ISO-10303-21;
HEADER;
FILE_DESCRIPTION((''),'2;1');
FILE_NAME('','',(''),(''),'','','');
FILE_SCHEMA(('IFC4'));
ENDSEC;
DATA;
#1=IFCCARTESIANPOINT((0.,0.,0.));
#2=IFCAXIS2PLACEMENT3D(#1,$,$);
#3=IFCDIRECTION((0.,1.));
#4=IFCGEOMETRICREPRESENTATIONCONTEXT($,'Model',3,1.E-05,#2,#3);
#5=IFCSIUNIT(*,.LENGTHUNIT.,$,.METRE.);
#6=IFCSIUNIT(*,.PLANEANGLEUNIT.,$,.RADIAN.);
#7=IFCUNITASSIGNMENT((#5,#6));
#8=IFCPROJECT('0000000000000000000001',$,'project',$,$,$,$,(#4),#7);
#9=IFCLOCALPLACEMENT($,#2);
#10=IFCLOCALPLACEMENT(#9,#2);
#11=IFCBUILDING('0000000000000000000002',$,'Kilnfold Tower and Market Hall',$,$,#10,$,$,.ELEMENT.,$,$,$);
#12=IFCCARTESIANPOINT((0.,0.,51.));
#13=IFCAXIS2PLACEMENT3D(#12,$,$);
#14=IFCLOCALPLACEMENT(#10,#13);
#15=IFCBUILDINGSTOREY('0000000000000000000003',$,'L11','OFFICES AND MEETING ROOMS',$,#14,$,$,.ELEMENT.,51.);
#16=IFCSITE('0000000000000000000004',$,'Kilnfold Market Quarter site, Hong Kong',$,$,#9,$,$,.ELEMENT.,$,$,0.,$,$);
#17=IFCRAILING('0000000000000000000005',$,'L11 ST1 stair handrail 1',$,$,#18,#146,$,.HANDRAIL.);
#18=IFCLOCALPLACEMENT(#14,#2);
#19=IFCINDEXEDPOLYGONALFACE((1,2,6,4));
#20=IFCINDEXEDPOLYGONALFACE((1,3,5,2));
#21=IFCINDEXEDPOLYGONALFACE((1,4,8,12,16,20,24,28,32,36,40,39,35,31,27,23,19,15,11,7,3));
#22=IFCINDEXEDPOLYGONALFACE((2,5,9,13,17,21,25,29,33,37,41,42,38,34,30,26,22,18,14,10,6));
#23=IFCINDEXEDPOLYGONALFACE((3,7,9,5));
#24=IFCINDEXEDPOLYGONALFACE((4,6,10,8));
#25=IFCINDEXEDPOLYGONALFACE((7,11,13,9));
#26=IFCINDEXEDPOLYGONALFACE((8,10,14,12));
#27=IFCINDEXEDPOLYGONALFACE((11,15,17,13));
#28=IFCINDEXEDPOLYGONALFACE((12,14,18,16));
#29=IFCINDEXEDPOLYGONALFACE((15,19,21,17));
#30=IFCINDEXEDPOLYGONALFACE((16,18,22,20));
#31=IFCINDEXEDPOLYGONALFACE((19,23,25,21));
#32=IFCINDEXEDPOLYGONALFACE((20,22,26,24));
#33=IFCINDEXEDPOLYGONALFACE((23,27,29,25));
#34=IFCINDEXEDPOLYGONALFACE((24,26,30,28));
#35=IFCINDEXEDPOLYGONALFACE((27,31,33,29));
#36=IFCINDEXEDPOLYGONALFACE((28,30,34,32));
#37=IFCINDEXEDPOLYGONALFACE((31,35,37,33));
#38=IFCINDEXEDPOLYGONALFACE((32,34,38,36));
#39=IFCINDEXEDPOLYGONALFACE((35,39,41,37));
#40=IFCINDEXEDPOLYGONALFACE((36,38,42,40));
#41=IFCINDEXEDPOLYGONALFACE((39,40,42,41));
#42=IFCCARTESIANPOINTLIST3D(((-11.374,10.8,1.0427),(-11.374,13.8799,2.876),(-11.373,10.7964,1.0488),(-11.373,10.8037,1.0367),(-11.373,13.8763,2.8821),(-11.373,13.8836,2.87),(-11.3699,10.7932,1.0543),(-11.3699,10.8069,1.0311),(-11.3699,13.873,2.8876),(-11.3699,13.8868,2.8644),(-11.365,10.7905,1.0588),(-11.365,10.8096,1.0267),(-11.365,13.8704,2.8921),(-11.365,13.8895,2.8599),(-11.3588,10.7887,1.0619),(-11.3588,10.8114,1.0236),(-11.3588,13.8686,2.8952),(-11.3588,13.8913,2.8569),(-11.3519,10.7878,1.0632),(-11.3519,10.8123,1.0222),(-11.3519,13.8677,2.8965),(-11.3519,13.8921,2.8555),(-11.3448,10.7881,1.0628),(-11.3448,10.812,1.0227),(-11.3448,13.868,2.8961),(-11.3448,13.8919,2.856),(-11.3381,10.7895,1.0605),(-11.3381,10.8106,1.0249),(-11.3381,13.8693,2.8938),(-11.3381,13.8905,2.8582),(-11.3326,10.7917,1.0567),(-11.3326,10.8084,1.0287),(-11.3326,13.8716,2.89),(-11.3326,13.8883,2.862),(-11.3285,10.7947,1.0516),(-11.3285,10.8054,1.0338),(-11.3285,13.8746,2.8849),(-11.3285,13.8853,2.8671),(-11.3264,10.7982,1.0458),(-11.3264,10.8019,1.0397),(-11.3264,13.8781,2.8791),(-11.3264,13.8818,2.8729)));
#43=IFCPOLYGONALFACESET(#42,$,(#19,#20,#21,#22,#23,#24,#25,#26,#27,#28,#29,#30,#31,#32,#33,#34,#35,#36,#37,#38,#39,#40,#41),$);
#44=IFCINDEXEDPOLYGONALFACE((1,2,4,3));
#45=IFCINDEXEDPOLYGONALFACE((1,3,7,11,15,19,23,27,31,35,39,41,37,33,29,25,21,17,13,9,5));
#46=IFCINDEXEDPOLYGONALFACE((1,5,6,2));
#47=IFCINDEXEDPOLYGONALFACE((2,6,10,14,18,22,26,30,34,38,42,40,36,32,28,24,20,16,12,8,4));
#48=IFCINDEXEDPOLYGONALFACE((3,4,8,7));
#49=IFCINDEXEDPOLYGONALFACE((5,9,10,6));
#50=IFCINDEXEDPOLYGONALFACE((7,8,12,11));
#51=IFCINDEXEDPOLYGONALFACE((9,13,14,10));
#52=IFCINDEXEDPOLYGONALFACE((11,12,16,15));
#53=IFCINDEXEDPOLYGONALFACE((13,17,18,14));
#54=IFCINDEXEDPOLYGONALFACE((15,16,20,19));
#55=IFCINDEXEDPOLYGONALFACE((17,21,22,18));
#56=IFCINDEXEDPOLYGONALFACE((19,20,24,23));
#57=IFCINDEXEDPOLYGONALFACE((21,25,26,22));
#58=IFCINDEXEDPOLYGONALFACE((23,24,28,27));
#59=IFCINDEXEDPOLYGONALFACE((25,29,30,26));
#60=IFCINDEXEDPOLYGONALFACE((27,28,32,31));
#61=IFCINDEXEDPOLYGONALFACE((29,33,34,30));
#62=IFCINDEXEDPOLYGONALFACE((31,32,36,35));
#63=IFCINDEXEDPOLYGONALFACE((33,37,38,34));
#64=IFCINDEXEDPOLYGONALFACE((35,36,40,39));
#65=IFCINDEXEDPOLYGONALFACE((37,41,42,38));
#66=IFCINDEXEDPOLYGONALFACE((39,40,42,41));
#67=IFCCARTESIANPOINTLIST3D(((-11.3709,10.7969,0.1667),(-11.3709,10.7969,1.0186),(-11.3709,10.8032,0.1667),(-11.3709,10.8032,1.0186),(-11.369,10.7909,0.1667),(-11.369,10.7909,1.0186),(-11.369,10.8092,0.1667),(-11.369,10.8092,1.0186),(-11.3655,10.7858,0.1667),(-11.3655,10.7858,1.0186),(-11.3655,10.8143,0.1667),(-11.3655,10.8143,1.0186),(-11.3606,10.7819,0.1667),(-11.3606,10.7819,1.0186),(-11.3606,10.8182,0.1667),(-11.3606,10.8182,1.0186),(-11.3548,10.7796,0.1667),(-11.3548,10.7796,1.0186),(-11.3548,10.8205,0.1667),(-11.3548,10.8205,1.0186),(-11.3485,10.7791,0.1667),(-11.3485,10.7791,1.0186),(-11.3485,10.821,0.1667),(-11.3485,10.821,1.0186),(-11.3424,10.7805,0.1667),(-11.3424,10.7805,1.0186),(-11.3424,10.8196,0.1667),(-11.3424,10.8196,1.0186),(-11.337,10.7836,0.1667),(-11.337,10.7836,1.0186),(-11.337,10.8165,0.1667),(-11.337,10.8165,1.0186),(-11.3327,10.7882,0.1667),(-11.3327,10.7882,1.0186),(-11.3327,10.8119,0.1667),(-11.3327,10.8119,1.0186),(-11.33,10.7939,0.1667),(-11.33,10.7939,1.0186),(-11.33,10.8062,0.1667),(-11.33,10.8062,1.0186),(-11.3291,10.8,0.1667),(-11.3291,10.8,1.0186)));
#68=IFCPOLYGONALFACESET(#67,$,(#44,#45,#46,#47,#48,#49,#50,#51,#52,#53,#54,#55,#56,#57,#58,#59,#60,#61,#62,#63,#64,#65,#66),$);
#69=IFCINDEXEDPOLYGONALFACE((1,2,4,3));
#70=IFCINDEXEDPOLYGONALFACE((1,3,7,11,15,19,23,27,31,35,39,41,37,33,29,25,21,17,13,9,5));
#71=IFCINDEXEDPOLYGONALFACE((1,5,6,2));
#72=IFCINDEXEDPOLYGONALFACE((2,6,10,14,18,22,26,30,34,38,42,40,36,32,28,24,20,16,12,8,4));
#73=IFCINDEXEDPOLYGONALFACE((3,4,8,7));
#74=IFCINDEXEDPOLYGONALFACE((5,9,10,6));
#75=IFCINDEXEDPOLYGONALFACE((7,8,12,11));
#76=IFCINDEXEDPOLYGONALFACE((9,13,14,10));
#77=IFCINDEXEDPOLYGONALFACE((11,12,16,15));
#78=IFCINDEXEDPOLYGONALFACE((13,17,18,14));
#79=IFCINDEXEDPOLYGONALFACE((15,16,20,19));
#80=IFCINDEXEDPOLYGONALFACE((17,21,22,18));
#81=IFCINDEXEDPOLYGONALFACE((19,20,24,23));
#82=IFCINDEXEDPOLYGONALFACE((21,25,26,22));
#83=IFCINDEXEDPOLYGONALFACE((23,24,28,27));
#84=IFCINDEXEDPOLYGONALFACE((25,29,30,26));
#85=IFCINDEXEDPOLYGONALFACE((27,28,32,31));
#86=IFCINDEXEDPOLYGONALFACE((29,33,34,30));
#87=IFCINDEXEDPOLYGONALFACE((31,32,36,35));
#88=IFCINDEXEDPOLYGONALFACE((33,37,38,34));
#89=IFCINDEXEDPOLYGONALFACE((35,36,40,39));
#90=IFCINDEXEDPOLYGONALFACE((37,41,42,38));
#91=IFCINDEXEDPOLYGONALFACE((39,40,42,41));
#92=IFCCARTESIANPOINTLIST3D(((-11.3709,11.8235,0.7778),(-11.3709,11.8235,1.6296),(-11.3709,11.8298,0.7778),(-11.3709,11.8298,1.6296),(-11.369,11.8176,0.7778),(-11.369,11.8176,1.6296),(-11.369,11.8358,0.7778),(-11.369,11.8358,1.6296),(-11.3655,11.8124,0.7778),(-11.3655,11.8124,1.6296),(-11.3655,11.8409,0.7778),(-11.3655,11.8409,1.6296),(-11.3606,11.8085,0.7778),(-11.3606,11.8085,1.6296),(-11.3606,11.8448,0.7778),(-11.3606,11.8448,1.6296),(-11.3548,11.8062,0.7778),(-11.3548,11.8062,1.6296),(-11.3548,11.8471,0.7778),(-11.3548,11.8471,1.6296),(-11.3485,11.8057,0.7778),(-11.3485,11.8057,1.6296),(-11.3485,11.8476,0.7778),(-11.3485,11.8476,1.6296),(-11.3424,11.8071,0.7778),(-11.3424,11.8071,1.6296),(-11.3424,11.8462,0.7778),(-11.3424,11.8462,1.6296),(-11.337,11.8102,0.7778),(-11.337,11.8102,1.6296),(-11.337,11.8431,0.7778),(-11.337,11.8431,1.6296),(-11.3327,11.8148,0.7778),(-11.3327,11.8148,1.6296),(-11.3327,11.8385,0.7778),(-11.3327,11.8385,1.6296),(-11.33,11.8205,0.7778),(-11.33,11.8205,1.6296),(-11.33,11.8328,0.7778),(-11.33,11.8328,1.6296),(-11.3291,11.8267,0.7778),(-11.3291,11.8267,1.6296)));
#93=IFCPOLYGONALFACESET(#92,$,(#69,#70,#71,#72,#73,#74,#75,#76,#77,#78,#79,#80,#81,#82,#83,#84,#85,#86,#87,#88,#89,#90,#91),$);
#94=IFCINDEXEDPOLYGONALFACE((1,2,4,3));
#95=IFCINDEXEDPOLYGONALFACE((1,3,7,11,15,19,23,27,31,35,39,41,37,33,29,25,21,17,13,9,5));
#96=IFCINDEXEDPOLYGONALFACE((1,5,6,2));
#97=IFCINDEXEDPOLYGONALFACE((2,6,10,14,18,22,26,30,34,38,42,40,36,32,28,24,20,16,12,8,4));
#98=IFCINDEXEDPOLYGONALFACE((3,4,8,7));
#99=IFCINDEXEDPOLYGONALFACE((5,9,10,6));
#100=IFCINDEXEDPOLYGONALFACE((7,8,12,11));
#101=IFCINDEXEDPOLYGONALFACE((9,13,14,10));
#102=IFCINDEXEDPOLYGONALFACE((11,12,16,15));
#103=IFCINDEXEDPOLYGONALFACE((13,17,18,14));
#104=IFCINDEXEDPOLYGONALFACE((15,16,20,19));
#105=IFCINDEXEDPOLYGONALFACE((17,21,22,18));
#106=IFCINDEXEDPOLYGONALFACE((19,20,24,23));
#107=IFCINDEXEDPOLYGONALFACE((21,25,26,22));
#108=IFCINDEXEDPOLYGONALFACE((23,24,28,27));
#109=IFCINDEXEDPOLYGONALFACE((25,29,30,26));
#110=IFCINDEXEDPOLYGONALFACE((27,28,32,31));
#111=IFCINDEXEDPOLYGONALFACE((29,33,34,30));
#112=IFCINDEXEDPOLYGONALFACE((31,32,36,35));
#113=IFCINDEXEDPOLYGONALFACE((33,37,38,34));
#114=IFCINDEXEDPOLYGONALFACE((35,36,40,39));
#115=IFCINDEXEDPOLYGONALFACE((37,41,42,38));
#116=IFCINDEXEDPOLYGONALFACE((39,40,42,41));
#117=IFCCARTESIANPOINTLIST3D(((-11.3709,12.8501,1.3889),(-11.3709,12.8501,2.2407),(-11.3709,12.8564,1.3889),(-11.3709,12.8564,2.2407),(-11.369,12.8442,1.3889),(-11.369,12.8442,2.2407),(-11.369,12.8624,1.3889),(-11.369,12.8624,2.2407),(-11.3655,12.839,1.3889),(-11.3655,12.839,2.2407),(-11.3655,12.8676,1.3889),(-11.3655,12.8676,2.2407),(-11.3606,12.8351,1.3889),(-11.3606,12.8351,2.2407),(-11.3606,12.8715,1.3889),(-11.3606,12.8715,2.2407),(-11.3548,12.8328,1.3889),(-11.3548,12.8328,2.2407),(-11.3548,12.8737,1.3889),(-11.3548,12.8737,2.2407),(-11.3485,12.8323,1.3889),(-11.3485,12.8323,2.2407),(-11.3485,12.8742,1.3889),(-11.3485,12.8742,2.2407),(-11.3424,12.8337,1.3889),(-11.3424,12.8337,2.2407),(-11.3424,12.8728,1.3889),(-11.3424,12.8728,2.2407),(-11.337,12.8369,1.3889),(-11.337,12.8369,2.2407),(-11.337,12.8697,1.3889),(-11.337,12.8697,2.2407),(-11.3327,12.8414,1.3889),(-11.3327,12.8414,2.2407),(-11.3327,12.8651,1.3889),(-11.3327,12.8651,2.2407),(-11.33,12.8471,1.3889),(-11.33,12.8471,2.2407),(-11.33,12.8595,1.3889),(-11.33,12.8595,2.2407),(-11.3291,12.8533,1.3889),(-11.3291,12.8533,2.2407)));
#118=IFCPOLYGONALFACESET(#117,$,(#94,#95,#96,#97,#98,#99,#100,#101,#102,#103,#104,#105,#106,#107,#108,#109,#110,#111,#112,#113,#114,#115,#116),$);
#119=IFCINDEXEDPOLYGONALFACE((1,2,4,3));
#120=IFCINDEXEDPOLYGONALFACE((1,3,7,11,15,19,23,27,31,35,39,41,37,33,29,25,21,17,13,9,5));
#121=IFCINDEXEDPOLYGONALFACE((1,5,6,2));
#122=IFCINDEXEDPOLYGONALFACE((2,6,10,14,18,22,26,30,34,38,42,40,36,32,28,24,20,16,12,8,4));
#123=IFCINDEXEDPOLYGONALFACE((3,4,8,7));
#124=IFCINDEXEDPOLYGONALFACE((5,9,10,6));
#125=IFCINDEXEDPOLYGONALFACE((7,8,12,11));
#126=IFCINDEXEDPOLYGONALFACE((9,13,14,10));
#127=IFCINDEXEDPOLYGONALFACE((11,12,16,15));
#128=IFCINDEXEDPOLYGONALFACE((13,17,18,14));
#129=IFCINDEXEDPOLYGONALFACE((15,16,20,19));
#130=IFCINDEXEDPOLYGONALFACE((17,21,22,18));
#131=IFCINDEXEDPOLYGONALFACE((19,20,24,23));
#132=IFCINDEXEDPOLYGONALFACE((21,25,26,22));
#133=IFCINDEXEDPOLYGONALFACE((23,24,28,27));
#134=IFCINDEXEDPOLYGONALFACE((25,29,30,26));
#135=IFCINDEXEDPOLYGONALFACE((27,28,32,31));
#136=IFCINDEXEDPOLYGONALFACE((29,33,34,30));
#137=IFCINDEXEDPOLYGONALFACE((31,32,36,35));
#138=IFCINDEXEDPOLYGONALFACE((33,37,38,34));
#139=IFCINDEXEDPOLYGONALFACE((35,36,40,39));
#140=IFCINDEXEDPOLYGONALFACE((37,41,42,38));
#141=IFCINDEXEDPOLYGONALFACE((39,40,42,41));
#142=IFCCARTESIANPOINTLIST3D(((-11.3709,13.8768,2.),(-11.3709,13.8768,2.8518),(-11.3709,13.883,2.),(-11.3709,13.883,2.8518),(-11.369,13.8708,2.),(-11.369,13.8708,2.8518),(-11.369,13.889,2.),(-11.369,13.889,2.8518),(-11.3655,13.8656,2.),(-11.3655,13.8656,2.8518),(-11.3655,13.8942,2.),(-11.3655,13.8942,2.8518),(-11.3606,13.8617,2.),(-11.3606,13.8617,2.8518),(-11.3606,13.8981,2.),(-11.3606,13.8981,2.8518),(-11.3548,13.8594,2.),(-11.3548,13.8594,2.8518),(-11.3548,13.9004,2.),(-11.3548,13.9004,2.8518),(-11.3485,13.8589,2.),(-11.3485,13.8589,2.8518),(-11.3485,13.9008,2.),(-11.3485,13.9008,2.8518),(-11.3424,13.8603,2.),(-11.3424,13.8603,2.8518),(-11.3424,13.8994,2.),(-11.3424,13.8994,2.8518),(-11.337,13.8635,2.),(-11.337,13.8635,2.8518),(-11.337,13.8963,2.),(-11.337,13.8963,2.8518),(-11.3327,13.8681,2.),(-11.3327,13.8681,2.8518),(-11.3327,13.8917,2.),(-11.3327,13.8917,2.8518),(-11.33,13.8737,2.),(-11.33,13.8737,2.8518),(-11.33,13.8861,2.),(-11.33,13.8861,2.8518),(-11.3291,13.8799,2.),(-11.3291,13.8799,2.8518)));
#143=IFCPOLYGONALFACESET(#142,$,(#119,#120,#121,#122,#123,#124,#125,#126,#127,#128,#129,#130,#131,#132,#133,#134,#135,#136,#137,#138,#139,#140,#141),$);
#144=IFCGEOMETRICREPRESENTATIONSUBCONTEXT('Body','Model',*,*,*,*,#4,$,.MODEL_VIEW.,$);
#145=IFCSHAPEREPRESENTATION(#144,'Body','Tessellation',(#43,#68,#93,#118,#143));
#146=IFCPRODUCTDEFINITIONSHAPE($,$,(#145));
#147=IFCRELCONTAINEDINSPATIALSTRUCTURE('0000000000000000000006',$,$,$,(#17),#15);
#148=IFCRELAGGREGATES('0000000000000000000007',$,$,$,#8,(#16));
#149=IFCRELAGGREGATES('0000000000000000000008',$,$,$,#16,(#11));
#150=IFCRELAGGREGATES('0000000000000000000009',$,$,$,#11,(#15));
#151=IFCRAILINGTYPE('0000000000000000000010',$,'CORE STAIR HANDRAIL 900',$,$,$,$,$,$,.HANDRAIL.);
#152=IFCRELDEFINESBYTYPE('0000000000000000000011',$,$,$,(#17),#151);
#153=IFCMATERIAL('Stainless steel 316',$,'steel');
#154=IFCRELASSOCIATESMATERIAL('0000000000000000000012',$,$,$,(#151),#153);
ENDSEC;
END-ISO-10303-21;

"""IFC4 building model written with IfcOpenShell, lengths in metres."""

from ifc_helpers import new_model, si_unit, direction, frame, origin, origin_2d, place, context, subcontext, project, spatial, circle, extrude, material, type_object, element, save


model = new_model("IFC4")

# Units and contexts
model_context = context("Model", 3, precision=1e-05, world=origin(), true_north=direction((0.0, 1.0)))
body_context = subcontext(model_context, "Body", "Model", "MODEL_VIEW")
ifc_project = project(units=[si_unit("LENGTHUNIT", "METRE"), si_unit("PLANEANGLEUNIT", "RADIAN")], contexts=[model_context])

# Site, building, storey
site_placement = place(None, origin())
site = spatial("IfcSite", under=ifc_project, at=site_placement, Name="Kilnfold Market Quarter site, Hong Kong", CompositionType="ELEMENT", RefElevation=0.0)
building_placement = place(site_placement, origin())
building = spatial("IfcBuilding", under=site, at=building_placement, Name="Kilnfold Tower and Market Hall", CompositionType="ELEMENT")
storey_placement = place(building_placement, frame((0.0, 0.0, 51.0)))
storey = spatial("IfcBuildingStorey", under=building, at=storey_placement, Name="L11", Description="OFFICES AND MEETING ROOMS", CompositionType="ELEMENT", Elevation=51.0)

# Railing
ifc_material_1 = material(Name="Stainless steel 316", Category="steel")
railing_type_1 = type_object("IfcRailingType", Name="CORE STAIR HANDRAIL 900", PredefinedType="HANDRAIL", material=ifc_material_1)
railing_1_placement = place(storey_placement, frame((-11.3501, 10.8, 0.1667)))
element("IfcRailing", 1, at=railing_1_placement, inside=storey, type_object=railing_type_1, Name="L11 ST1 stair handrail 1", PredefinedType="HANDRAIL", context=body_context, shape_type="SweptSolid", body=[
    extrude(circle(Radius=0.0239, at=origin_2d()), frame((0.0, 0.0, 0.876), z_axis=(0.0, 0.859291, 0.511487), x_axis=(-1.0, 0.0, 0.0)), (0.0, 0.0, 1.0), 3.5842),
    extrude(circle(Radius=0.021, at=origin_2d()), origin(), (0.0, 0.0, 1.0), 0.8518),
    extrude(circle(Radius=0.021, at=origin_2d()), frame((0.0, 1.0266, 0.6111)), (0.0, 0.0, 1.0), 0.8518),
    extrude(circle(Radius=0.021, at=origin_2d()), frame((0.0, 2.0532, 1.2222)), (0.0, 0.0, 1.0), 0.8518),
    extrude(circle(Radius=0.021, at=origin_2d()), frame((0.0, 3.0798, 1.8333)), (0.0, 0.0, 1.0), 0.8518),
])

save(model, "model.ifc")
